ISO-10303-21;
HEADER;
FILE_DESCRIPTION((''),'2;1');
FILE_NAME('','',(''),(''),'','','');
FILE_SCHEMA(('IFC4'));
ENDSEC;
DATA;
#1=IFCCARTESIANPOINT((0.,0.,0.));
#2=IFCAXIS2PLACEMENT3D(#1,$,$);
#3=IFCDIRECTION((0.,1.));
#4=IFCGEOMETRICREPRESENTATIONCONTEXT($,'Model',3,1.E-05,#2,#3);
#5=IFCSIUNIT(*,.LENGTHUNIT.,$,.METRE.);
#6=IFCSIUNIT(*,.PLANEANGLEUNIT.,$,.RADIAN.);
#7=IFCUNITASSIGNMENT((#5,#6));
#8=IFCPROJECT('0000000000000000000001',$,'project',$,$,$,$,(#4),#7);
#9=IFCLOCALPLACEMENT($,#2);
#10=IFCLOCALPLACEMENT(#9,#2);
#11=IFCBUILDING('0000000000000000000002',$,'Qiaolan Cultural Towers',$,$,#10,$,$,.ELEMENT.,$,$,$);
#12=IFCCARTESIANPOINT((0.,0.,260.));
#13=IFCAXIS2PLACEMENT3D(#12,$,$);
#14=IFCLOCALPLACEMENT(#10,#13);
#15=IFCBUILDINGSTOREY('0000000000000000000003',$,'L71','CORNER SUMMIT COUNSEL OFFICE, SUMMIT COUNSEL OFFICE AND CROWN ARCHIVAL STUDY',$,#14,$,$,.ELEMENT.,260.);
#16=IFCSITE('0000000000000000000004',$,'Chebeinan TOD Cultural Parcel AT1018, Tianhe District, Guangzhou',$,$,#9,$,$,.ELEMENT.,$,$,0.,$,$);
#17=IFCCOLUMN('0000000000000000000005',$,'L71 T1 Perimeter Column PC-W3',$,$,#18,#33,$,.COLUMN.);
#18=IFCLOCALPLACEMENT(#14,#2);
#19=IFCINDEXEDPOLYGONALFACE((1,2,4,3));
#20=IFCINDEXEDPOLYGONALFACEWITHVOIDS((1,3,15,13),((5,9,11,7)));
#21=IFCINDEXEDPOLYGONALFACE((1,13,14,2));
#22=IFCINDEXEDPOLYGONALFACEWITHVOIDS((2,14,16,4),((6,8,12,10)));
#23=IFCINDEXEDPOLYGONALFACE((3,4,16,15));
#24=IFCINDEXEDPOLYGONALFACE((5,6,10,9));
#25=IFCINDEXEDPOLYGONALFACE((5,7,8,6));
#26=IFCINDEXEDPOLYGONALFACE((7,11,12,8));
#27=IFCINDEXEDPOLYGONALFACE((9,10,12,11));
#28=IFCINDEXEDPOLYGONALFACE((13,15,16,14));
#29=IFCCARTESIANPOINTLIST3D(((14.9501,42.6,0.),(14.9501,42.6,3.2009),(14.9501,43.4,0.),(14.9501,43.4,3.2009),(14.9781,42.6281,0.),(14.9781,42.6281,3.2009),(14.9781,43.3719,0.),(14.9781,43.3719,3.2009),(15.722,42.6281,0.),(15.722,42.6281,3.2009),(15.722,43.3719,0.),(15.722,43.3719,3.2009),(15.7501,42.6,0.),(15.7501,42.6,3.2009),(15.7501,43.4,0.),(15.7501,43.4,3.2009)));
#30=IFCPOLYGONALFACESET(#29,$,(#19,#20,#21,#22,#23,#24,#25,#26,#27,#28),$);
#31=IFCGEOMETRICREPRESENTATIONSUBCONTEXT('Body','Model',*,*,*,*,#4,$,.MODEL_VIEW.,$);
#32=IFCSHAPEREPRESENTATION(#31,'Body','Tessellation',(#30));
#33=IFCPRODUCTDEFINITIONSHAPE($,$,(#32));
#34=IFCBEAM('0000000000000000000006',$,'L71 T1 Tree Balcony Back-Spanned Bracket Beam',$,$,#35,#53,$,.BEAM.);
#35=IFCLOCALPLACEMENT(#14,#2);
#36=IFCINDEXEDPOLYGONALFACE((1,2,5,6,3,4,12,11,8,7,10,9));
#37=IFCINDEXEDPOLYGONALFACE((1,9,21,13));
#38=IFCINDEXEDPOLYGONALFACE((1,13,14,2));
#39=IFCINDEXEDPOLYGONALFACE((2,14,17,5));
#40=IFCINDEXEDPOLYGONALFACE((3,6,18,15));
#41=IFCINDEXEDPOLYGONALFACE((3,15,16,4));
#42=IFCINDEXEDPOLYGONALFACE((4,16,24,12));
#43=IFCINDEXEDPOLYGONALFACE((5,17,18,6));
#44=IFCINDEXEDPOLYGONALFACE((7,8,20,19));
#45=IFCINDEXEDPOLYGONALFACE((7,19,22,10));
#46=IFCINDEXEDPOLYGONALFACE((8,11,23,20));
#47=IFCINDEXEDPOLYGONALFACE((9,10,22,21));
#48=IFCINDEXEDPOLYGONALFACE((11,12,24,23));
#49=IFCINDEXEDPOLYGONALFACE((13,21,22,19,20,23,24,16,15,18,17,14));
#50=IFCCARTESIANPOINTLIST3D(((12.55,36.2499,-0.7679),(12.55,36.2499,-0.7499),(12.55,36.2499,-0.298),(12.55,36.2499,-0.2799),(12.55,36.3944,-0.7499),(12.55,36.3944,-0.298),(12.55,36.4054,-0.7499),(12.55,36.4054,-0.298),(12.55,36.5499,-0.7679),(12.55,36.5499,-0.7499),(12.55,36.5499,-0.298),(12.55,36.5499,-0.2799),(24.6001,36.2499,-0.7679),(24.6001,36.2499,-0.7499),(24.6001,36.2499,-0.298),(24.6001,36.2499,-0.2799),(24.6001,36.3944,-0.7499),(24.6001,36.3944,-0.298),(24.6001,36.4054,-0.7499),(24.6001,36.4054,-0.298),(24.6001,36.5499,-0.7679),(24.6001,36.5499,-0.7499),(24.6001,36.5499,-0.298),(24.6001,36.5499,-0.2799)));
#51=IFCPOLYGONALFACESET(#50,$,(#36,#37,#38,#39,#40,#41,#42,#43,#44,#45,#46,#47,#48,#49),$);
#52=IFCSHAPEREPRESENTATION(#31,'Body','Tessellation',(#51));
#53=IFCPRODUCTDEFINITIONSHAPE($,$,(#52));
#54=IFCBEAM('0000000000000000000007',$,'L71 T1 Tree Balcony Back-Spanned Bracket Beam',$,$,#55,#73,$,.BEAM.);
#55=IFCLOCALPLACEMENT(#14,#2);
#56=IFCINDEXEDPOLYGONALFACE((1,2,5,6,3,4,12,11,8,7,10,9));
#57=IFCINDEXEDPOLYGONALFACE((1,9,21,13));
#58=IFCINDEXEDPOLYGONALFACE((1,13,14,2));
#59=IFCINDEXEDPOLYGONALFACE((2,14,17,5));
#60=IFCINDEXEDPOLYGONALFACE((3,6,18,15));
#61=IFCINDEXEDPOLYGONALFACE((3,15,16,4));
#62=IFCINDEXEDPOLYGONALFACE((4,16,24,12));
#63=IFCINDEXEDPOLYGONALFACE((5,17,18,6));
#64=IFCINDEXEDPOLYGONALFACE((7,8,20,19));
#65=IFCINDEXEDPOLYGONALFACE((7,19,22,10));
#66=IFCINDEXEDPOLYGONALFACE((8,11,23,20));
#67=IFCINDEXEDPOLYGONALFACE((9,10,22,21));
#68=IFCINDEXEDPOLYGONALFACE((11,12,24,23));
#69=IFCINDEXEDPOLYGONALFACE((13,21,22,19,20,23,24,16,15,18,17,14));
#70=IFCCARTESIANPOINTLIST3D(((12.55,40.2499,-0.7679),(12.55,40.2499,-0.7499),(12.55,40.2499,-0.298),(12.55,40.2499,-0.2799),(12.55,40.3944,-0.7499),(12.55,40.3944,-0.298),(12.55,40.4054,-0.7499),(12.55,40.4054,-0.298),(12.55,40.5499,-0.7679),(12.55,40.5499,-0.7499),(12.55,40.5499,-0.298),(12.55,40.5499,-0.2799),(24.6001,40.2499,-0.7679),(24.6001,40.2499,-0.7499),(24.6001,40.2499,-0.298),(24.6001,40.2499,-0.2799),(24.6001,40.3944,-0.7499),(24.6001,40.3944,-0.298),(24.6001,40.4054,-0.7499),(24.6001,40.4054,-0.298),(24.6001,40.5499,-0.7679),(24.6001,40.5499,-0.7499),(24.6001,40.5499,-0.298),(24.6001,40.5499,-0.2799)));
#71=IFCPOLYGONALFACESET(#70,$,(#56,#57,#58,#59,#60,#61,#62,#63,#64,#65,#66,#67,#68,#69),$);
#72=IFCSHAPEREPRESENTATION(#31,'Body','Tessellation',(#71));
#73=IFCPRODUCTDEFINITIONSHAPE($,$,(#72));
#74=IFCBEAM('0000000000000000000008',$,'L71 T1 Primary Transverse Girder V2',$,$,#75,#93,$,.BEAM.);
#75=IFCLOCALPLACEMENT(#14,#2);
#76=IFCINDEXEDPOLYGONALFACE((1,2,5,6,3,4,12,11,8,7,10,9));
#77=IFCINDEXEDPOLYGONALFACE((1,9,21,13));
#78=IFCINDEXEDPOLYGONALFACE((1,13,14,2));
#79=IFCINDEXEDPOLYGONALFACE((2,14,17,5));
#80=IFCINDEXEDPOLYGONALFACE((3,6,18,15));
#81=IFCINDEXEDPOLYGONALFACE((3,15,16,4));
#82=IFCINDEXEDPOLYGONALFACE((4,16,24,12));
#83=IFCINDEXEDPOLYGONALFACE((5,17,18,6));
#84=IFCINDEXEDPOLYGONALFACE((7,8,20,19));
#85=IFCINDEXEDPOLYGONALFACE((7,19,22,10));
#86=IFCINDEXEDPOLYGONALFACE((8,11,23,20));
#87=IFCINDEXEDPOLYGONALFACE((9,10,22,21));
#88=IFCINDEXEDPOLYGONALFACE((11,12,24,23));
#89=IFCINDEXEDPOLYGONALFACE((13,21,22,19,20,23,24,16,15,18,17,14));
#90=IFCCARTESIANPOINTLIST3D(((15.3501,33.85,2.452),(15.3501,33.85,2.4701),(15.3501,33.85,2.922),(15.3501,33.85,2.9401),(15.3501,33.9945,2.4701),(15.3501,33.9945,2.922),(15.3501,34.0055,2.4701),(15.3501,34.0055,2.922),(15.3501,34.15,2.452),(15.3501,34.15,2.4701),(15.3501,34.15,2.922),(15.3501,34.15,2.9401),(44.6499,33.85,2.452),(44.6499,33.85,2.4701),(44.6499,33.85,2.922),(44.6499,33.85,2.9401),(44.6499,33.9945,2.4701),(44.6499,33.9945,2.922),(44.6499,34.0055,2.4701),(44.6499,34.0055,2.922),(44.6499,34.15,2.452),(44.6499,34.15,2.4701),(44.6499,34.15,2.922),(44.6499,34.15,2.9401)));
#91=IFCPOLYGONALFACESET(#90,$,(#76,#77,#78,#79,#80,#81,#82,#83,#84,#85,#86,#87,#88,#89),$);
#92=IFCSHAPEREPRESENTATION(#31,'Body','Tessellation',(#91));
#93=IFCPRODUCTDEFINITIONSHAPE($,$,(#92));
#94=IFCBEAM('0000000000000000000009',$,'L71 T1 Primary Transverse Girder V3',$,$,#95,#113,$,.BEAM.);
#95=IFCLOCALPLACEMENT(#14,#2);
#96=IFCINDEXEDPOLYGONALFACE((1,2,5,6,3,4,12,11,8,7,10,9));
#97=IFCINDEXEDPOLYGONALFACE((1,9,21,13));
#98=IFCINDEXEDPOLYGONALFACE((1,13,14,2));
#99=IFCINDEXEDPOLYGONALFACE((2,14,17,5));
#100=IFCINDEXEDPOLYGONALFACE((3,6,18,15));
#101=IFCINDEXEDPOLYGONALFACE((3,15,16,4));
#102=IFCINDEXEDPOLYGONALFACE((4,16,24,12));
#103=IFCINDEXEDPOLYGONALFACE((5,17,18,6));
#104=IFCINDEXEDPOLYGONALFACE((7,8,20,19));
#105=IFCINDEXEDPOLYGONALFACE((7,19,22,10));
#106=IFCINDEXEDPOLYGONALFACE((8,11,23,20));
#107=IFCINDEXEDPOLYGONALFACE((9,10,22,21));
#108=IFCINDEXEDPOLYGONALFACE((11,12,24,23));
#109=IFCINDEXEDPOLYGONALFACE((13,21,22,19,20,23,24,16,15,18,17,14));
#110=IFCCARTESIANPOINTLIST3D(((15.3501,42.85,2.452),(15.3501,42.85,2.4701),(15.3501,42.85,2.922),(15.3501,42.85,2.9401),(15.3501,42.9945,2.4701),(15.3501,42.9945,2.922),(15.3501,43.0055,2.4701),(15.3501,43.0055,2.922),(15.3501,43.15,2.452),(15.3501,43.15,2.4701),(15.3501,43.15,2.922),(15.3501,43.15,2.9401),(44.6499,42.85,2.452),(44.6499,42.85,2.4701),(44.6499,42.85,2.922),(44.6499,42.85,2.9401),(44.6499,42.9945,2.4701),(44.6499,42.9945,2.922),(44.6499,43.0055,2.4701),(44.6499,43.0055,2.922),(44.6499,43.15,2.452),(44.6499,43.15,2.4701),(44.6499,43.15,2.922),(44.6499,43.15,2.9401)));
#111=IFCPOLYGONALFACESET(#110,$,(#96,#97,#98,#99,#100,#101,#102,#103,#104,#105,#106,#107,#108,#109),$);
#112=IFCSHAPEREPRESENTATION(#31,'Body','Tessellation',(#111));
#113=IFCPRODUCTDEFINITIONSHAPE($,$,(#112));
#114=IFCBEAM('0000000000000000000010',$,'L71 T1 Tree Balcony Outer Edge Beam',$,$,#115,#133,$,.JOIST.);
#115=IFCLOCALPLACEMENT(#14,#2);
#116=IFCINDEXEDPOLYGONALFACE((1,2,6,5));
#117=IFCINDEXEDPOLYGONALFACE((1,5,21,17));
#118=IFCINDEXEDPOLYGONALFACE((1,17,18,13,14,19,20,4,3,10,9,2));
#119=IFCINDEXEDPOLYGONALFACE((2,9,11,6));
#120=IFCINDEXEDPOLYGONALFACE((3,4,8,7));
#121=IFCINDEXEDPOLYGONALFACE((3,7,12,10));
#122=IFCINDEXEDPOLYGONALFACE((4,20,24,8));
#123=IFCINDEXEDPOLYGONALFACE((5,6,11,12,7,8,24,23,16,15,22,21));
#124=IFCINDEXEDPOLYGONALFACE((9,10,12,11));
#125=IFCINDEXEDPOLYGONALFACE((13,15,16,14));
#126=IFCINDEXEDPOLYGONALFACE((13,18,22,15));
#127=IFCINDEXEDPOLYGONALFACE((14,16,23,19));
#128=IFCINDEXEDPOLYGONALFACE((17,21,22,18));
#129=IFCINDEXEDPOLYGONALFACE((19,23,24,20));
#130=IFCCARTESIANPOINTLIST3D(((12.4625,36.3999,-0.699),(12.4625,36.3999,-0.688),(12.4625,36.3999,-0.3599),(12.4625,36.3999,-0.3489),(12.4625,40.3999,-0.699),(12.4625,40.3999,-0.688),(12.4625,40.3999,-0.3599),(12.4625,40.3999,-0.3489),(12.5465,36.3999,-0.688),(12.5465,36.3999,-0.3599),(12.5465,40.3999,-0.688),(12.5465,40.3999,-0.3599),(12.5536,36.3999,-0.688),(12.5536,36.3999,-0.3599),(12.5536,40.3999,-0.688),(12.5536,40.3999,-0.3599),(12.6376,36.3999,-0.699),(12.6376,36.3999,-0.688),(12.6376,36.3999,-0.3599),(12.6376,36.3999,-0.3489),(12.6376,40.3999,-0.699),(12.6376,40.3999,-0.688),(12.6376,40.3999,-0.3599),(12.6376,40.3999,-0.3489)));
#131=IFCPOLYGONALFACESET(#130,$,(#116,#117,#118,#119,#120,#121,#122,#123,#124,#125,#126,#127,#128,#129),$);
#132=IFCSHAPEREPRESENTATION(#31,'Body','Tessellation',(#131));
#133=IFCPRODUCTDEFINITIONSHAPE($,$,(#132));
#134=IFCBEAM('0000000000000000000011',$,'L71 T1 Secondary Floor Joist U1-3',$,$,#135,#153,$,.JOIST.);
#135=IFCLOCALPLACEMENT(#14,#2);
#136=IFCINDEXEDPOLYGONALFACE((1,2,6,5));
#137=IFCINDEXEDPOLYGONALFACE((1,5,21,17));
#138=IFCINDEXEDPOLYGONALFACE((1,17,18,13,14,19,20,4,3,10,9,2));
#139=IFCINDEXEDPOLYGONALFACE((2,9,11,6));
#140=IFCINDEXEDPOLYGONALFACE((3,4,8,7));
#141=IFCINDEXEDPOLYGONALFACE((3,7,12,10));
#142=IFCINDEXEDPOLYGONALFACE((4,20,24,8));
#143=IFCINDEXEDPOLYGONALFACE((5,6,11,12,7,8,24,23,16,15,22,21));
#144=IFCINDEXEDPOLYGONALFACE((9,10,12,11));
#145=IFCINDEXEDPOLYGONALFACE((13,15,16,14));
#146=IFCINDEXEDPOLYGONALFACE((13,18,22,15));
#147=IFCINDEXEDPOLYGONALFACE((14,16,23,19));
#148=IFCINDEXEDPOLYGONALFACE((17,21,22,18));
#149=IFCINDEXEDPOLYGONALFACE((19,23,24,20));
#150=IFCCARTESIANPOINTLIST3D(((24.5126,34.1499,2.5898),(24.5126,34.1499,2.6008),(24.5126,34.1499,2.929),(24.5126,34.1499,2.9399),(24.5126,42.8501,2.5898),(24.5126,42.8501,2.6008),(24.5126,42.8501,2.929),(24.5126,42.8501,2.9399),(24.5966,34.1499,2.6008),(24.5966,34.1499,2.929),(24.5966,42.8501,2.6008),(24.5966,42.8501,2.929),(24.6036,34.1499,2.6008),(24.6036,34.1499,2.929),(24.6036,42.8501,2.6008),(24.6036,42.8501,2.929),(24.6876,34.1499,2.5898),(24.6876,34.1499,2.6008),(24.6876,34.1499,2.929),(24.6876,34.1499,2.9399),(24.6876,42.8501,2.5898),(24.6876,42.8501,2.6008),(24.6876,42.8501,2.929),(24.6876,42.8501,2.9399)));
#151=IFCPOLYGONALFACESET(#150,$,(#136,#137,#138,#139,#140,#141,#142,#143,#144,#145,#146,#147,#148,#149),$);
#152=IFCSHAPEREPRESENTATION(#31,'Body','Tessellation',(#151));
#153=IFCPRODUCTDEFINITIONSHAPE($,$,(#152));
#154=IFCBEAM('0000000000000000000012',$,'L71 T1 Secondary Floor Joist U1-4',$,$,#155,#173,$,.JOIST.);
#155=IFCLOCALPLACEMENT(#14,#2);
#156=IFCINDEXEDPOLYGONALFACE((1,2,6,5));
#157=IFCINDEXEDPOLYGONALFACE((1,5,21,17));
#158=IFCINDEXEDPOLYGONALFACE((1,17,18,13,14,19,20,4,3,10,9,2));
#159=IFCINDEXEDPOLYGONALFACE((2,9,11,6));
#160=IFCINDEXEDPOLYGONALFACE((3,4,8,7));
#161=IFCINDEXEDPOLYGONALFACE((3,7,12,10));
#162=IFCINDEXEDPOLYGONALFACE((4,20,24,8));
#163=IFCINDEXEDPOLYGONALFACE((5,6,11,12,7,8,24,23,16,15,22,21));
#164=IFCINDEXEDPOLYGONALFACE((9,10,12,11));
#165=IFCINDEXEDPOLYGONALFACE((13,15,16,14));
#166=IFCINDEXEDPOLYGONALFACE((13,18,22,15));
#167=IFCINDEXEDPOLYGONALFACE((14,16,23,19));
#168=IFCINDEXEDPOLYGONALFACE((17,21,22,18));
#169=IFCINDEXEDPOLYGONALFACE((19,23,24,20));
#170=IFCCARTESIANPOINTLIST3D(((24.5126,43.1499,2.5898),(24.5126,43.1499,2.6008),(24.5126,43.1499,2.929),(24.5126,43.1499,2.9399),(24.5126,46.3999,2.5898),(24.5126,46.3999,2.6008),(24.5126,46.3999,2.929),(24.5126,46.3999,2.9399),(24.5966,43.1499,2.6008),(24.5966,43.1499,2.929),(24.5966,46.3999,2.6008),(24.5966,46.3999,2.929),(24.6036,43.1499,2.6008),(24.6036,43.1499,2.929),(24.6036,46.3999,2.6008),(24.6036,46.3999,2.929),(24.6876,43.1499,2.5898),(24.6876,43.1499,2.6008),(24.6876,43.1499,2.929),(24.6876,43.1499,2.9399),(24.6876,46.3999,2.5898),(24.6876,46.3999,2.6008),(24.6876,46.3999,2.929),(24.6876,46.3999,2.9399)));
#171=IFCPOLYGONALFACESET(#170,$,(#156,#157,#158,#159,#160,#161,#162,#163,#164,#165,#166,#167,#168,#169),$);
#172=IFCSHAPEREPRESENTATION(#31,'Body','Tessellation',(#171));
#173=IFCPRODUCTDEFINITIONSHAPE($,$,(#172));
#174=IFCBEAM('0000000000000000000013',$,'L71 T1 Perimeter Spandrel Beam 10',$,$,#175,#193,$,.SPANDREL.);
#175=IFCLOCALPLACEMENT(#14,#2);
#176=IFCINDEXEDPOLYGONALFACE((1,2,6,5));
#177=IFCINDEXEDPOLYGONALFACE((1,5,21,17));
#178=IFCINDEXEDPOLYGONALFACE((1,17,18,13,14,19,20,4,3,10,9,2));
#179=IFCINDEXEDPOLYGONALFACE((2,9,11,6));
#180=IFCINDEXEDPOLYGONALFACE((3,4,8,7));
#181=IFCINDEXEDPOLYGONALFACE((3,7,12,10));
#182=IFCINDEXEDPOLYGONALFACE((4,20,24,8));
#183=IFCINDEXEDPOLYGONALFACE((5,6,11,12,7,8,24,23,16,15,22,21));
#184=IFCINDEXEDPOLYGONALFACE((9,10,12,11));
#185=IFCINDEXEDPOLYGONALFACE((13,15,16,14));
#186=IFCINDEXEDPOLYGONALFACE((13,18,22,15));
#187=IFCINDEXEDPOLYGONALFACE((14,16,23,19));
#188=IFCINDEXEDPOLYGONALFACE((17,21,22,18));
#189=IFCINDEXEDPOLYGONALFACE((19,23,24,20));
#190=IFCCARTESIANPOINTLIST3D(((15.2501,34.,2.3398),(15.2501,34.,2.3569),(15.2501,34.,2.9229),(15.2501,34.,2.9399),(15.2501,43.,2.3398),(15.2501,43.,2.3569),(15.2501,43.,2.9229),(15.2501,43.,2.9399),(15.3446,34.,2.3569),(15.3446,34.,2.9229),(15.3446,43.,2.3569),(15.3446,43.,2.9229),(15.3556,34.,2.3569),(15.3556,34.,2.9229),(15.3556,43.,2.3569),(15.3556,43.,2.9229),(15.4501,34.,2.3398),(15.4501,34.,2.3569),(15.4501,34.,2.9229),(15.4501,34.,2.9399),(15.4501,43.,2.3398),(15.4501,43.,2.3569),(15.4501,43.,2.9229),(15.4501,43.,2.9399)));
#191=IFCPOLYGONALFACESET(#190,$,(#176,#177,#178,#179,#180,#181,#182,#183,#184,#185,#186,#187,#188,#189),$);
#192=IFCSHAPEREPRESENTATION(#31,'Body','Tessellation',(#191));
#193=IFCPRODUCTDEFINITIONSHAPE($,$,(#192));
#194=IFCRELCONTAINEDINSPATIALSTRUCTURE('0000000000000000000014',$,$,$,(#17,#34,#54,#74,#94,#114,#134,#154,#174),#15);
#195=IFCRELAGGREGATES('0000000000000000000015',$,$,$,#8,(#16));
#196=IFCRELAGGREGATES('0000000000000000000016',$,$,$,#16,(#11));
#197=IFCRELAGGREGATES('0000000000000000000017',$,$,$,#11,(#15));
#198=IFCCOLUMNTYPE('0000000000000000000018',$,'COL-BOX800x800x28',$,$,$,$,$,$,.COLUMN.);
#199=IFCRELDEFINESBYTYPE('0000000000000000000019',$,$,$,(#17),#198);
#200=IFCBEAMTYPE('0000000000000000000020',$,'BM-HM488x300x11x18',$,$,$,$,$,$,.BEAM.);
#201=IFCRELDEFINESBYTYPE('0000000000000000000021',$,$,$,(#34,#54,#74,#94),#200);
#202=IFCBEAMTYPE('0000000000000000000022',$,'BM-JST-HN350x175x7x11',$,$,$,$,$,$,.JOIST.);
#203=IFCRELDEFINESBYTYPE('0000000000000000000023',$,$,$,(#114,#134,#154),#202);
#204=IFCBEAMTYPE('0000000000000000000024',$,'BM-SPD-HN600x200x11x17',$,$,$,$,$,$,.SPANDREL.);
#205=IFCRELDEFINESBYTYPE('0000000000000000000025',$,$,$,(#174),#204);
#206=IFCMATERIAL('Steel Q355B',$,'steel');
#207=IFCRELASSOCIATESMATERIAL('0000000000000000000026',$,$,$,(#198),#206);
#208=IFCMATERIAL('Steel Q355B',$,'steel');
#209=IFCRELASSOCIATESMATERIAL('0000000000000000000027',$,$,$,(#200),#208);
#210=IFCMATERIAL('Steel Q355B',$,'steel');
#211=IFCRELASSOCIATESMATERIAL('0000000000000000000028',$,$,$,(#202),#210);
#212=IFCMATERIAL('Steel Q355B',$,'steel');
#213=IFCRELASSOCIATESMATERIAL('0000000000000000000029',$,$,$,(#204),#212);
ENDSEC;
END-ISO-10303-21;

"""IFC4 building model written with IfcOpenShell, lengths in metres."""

from ifc_helpers import new_model, si_unit, direction, frame, origin, origin_2d, place, context, subcontext, project, spatial, hollow_rectangle, i_section, extrude, material, material_profile, profile_set, type_object, element, save


model = new_model("IFC4")

# Units and contexts
model_context = context("Model", 3, precision=1e-05, world=origin(), true_north=direction((0.0, 1.0)))
body_context = subcontext(model_context, "Body", "Model", "MODEL_VIEW")
ifc_project = project(units=[si_unit("LENGTHUNIT", "METRE"), si_unit("PLANEANGLEUNIT", "RADIAN")], contexts=[model_context])

# Site, building, storey
site_placement = place(None, origin())
site = spatial("IfcSite", under=ifc_project, at=site_placement, Name="Chebeinan TOD Cultural Parcel AT1018, Tianhe District, Guangzhou", CompositionType="ELEMENT", RefElevation=0.0)
building_placement = place(site_placement, origin())
building = spatial("IfcBuilding", under=site, at=building_placement, Name="Qiaolan Cultural Towers", CompositionType="ELEMENT")
storey_placement = place(building_placement, frame((0.0, 0.0, 260.0)))
storey = spatial("IfcBuildingStorey", under=building, at=storey_placement, Name="L71", Description="CORNER SUMMIT COUNSEL OFFICE, SUMMIT COUNSEL OFFICE AND CROWN ARCHIVAL STUDY", CompositionType="ELEMENT", Elevation=260.0)

# Column
ifc_material_1 = material(Name="Steel Q355B", Category="steel")
ifc_material_profile_1 = material_profile(ifc_material_1, hollow_rectangle(XDim=0.8, YDim=0.8, WallThickness=0.0281, at=origin_2d()), Name="BOX800x800x28")
ifc_profile_set_1 = profile_set([ifc_material_profile_1], Name="Steel Q355B")
column_type = type_object("IfcColumnType", Name="COL-BOX800x800x28", PredefinedType="COLUMN", material=ifc_profile_set_1)
column_placement = place(storey_placement, frame((15.3501, 43.0, 0.0), z_axis=(0.0, 0.0, 1.0), x_axis=(1.0, 0.0, 0.0)))
element("IfcColumn", 1, at=column_placement, inside=storey, type_object=column_type, Name="L71 T1 Perimeter Column PC-W3", PredefinedType="COLUMN", context=body_context, shape_type="SweptSolid", body=[
    extrude(hollow_rectangle(XDim=0.8, YDim=0.8, WallThickness=0.0281, at=origin_2d()), origin(), (0.0, 0.0, 1.0), 3.2009),
])

# Beams
ifc_material_2 = material(Name="Steel Q355B", Category="steel")
ifc_material_profile_2 = material_profile(ifc_material_2, i_section(OverallWidth=0.3, OverallDepth=0.488, WebThickness=0.011, FlangeThickness=0.0181, at=origin_2d()), Name="HM488x300x11x18")
ifc_profile_set_2 = profile_set([ifc_material_profile_2], Name="Steel Q355B")
beam_type_1 = type_object("IfcBeamType", Name="BM-HM488x300x11x18", PredefinedType="BEAM", material=ifc_profile_set_2)
for number, where, z_axis, x_axis, name in (
    (2, (24.6001, 36.3999, -0.5239), (-1.0, 0.0, 0.0), (0.0, -1.0, 0.0), "L71 T1 Tree Balcony Back-Spanned Bracket Beam"),
    (3, (24.6001, 40.3999, -0.5239), (-1.0, 0.0, 0.0), (0.0, -1.0, 0.0), "L71 T1 Tree Balcony Back-Spanned Bracket Beam"),
):
    element("IfcBeam", number, at=place(storey_placement, frame(where, z_axis=z_axis, x_axis=x_axis)), inside=storey, type_object=beam_type_1, Name=name, PredefinedType="BEAM", context=body_context, shape_type="SweptSolid", body=[
        extrude(i_section(OverallWidth=0.3, OverallDepth=0.488, WebThickness=0.011, FlangeThickness=0.0181, at=origin_2d()), origin(), (0.0, 0.0, 1.0), 12.05),
    ])
for number, where, z_axis, x_axis, name in (
    (4, (15.3501, 34.0, 2.696), (1.0, 0.0, 0.0), (0.0, 1.0, 0.0), "L71 T1 Primary Transverse Girder V2"),
    (5, (15.3501, 43.0, 2.696), (1.0, 0.0, 0.0), (0.0, 1.0, 0.0), "L71 T1 Primary Transverse Girder V3"),
):
    element("IfcBeam", number, at=place(storey_placement, frame(where, z_axis=z_axis, x_axis=x_axis)), inside=storey, type_object=beam_type_1, Name=name, PredefinedType="BEAM", context=body_context, shape_type="SweptSolid", body=[
        extrude(i_section(OverallWidth=0.3, OverallDepth=0.488, WebThickness=0.011, FlangeThickness=0.0181, at=origin_2d()), origin(), (0.0, 0.0, 1.0), 29.2998),
    ])
ifc_material_3 = material(Name="Steel Q355B", Category="steel")
ifc_material_profile_3 = material_profile(ifc_material_3, i_section(OverallWidth=0.175, OverallDepth=0.3501, WebThickness=0.0071, FlangeThickness=0.011, at=origin_2d()), Name="HN350x175x7x11")
ifc_profile_set_3 = profile_set([ifc_material_profile_3], Name="Steel Q355B")
beam_type_2 = type_object("IfcBeamType", Name="BM-JST-HN350x175x7x11", PredefinedType="JOIST", material=ifc_profile_set_3)
beam_1_placement = place(storey_placement, frame((12.55, 36.3999, -0.5239), z_axis=(0.0, 1.0, 0.0), x_axis=(-1.0, 0.0, 0.0)))
element("IfcBeam", 6, at=beam_1_placement, inside=storey, type_object=beam_type_2, Name="L71 T1 Tree Balcony Outer Edge Beam", PredefinedType="JOIST", context=body_context, shape_type="SweptSolid", body=[
    extrude(i_section(OverallWidth=0.175, OverallDepth=0.3501, WebThickness=0.0071, FlangeThickness=0.011, at=origin_2d()), origin(), (0.0, 0.0, 1.0), 4.0),
])
beam_2_placement = place(storey_placement, frame((24.6001, 34.1499, 2.7649), z_axis=(0.0, 1.0, 0.0), x_axis=(-1.0, 0.0, 0.0)))
element("IfcBeam", 7, at=beam_2_placement, inside=storey, type_object=beam_type_2, Name="L71 T1 Secondary Floor Joist U1-3", PredefinedType="JOIST", context=body_context, shape_type="SweptSolid", body=[
    extrude(i_section(OverallWidth=0.175, OverallDepth=0.3501, WebThickness=0.0071, FlangeThickness=0.011, at=origin_2d()), origin(), (0.0, 0.0, 1.0), 8.7002),
])
beam_3_placement = place(storey_placement, frame((24.6001, 43.1499, 2.7649), z_axis=(0.0, 1.0, 0.0), x_axis=(-1.0, 0.0, 0.0)))
element("IfcBeam", 8, at=beam_3_placement, inside=storey, type_object=beam_type_2, Name="L71 T1 Secondary Floor Joist U1-4", PredefinedType="JOIST", context=body_context, shape_type="SweptSolid", body=[
    extrude(i_section(OverallWidth=0.175, OverallDepth=0.3501, WebThickness=0.0071, FlangeThickness=0.011, at=origin_2d()), origin(), (0.0, 0.0, 1.0), 3.25),
])
ifc_material_4 = material(Name="Steel Q355B", Category="steel")
ifc_material_profile_4 = material_profile(ifc_material_4, i_section(OverallWidth=0.2, OverallDepth=0.6001, WebThickness=0.011, FlangeThickness=0.0171, at=origin_2d()), Name="HN600x200x11x17")
ifc_profile_set_4 = profile_set([ifc_material_profile_4], Name="Steel Q355B")
beam_type_3 = type_object("IfcBeamType", Name="BM-SPD-HN600x200x11x17", PredefinedType="SPANDREL", material=ifc_profile_set_4)
beam_4_placement = place(storey_placement, frame((15.3501, 43.0, 2.6399), z_axis=(0.0, -1.0, 0.0), x_axis=(1.0, 0.0, 0.0)))
element("IfcBeam", 9, at=beam_4_placement, inside=storey, type_object=beam_type_3, Name="L71 T1 Perimeter Spandrel Beam 10", PredefinedType="SPANDREL", context=body_context, shape_type="SweptSolid", body=[
    extrude(i_section(OverallWidth=0.2, OverallDepth=0.6001, WebThickness=0.011, FlangeThickness=0.0171, at=origin_2d()), origin(), (0.0, 0.0, 1.0), 9.0),
])

save(model, "model.ifc")
